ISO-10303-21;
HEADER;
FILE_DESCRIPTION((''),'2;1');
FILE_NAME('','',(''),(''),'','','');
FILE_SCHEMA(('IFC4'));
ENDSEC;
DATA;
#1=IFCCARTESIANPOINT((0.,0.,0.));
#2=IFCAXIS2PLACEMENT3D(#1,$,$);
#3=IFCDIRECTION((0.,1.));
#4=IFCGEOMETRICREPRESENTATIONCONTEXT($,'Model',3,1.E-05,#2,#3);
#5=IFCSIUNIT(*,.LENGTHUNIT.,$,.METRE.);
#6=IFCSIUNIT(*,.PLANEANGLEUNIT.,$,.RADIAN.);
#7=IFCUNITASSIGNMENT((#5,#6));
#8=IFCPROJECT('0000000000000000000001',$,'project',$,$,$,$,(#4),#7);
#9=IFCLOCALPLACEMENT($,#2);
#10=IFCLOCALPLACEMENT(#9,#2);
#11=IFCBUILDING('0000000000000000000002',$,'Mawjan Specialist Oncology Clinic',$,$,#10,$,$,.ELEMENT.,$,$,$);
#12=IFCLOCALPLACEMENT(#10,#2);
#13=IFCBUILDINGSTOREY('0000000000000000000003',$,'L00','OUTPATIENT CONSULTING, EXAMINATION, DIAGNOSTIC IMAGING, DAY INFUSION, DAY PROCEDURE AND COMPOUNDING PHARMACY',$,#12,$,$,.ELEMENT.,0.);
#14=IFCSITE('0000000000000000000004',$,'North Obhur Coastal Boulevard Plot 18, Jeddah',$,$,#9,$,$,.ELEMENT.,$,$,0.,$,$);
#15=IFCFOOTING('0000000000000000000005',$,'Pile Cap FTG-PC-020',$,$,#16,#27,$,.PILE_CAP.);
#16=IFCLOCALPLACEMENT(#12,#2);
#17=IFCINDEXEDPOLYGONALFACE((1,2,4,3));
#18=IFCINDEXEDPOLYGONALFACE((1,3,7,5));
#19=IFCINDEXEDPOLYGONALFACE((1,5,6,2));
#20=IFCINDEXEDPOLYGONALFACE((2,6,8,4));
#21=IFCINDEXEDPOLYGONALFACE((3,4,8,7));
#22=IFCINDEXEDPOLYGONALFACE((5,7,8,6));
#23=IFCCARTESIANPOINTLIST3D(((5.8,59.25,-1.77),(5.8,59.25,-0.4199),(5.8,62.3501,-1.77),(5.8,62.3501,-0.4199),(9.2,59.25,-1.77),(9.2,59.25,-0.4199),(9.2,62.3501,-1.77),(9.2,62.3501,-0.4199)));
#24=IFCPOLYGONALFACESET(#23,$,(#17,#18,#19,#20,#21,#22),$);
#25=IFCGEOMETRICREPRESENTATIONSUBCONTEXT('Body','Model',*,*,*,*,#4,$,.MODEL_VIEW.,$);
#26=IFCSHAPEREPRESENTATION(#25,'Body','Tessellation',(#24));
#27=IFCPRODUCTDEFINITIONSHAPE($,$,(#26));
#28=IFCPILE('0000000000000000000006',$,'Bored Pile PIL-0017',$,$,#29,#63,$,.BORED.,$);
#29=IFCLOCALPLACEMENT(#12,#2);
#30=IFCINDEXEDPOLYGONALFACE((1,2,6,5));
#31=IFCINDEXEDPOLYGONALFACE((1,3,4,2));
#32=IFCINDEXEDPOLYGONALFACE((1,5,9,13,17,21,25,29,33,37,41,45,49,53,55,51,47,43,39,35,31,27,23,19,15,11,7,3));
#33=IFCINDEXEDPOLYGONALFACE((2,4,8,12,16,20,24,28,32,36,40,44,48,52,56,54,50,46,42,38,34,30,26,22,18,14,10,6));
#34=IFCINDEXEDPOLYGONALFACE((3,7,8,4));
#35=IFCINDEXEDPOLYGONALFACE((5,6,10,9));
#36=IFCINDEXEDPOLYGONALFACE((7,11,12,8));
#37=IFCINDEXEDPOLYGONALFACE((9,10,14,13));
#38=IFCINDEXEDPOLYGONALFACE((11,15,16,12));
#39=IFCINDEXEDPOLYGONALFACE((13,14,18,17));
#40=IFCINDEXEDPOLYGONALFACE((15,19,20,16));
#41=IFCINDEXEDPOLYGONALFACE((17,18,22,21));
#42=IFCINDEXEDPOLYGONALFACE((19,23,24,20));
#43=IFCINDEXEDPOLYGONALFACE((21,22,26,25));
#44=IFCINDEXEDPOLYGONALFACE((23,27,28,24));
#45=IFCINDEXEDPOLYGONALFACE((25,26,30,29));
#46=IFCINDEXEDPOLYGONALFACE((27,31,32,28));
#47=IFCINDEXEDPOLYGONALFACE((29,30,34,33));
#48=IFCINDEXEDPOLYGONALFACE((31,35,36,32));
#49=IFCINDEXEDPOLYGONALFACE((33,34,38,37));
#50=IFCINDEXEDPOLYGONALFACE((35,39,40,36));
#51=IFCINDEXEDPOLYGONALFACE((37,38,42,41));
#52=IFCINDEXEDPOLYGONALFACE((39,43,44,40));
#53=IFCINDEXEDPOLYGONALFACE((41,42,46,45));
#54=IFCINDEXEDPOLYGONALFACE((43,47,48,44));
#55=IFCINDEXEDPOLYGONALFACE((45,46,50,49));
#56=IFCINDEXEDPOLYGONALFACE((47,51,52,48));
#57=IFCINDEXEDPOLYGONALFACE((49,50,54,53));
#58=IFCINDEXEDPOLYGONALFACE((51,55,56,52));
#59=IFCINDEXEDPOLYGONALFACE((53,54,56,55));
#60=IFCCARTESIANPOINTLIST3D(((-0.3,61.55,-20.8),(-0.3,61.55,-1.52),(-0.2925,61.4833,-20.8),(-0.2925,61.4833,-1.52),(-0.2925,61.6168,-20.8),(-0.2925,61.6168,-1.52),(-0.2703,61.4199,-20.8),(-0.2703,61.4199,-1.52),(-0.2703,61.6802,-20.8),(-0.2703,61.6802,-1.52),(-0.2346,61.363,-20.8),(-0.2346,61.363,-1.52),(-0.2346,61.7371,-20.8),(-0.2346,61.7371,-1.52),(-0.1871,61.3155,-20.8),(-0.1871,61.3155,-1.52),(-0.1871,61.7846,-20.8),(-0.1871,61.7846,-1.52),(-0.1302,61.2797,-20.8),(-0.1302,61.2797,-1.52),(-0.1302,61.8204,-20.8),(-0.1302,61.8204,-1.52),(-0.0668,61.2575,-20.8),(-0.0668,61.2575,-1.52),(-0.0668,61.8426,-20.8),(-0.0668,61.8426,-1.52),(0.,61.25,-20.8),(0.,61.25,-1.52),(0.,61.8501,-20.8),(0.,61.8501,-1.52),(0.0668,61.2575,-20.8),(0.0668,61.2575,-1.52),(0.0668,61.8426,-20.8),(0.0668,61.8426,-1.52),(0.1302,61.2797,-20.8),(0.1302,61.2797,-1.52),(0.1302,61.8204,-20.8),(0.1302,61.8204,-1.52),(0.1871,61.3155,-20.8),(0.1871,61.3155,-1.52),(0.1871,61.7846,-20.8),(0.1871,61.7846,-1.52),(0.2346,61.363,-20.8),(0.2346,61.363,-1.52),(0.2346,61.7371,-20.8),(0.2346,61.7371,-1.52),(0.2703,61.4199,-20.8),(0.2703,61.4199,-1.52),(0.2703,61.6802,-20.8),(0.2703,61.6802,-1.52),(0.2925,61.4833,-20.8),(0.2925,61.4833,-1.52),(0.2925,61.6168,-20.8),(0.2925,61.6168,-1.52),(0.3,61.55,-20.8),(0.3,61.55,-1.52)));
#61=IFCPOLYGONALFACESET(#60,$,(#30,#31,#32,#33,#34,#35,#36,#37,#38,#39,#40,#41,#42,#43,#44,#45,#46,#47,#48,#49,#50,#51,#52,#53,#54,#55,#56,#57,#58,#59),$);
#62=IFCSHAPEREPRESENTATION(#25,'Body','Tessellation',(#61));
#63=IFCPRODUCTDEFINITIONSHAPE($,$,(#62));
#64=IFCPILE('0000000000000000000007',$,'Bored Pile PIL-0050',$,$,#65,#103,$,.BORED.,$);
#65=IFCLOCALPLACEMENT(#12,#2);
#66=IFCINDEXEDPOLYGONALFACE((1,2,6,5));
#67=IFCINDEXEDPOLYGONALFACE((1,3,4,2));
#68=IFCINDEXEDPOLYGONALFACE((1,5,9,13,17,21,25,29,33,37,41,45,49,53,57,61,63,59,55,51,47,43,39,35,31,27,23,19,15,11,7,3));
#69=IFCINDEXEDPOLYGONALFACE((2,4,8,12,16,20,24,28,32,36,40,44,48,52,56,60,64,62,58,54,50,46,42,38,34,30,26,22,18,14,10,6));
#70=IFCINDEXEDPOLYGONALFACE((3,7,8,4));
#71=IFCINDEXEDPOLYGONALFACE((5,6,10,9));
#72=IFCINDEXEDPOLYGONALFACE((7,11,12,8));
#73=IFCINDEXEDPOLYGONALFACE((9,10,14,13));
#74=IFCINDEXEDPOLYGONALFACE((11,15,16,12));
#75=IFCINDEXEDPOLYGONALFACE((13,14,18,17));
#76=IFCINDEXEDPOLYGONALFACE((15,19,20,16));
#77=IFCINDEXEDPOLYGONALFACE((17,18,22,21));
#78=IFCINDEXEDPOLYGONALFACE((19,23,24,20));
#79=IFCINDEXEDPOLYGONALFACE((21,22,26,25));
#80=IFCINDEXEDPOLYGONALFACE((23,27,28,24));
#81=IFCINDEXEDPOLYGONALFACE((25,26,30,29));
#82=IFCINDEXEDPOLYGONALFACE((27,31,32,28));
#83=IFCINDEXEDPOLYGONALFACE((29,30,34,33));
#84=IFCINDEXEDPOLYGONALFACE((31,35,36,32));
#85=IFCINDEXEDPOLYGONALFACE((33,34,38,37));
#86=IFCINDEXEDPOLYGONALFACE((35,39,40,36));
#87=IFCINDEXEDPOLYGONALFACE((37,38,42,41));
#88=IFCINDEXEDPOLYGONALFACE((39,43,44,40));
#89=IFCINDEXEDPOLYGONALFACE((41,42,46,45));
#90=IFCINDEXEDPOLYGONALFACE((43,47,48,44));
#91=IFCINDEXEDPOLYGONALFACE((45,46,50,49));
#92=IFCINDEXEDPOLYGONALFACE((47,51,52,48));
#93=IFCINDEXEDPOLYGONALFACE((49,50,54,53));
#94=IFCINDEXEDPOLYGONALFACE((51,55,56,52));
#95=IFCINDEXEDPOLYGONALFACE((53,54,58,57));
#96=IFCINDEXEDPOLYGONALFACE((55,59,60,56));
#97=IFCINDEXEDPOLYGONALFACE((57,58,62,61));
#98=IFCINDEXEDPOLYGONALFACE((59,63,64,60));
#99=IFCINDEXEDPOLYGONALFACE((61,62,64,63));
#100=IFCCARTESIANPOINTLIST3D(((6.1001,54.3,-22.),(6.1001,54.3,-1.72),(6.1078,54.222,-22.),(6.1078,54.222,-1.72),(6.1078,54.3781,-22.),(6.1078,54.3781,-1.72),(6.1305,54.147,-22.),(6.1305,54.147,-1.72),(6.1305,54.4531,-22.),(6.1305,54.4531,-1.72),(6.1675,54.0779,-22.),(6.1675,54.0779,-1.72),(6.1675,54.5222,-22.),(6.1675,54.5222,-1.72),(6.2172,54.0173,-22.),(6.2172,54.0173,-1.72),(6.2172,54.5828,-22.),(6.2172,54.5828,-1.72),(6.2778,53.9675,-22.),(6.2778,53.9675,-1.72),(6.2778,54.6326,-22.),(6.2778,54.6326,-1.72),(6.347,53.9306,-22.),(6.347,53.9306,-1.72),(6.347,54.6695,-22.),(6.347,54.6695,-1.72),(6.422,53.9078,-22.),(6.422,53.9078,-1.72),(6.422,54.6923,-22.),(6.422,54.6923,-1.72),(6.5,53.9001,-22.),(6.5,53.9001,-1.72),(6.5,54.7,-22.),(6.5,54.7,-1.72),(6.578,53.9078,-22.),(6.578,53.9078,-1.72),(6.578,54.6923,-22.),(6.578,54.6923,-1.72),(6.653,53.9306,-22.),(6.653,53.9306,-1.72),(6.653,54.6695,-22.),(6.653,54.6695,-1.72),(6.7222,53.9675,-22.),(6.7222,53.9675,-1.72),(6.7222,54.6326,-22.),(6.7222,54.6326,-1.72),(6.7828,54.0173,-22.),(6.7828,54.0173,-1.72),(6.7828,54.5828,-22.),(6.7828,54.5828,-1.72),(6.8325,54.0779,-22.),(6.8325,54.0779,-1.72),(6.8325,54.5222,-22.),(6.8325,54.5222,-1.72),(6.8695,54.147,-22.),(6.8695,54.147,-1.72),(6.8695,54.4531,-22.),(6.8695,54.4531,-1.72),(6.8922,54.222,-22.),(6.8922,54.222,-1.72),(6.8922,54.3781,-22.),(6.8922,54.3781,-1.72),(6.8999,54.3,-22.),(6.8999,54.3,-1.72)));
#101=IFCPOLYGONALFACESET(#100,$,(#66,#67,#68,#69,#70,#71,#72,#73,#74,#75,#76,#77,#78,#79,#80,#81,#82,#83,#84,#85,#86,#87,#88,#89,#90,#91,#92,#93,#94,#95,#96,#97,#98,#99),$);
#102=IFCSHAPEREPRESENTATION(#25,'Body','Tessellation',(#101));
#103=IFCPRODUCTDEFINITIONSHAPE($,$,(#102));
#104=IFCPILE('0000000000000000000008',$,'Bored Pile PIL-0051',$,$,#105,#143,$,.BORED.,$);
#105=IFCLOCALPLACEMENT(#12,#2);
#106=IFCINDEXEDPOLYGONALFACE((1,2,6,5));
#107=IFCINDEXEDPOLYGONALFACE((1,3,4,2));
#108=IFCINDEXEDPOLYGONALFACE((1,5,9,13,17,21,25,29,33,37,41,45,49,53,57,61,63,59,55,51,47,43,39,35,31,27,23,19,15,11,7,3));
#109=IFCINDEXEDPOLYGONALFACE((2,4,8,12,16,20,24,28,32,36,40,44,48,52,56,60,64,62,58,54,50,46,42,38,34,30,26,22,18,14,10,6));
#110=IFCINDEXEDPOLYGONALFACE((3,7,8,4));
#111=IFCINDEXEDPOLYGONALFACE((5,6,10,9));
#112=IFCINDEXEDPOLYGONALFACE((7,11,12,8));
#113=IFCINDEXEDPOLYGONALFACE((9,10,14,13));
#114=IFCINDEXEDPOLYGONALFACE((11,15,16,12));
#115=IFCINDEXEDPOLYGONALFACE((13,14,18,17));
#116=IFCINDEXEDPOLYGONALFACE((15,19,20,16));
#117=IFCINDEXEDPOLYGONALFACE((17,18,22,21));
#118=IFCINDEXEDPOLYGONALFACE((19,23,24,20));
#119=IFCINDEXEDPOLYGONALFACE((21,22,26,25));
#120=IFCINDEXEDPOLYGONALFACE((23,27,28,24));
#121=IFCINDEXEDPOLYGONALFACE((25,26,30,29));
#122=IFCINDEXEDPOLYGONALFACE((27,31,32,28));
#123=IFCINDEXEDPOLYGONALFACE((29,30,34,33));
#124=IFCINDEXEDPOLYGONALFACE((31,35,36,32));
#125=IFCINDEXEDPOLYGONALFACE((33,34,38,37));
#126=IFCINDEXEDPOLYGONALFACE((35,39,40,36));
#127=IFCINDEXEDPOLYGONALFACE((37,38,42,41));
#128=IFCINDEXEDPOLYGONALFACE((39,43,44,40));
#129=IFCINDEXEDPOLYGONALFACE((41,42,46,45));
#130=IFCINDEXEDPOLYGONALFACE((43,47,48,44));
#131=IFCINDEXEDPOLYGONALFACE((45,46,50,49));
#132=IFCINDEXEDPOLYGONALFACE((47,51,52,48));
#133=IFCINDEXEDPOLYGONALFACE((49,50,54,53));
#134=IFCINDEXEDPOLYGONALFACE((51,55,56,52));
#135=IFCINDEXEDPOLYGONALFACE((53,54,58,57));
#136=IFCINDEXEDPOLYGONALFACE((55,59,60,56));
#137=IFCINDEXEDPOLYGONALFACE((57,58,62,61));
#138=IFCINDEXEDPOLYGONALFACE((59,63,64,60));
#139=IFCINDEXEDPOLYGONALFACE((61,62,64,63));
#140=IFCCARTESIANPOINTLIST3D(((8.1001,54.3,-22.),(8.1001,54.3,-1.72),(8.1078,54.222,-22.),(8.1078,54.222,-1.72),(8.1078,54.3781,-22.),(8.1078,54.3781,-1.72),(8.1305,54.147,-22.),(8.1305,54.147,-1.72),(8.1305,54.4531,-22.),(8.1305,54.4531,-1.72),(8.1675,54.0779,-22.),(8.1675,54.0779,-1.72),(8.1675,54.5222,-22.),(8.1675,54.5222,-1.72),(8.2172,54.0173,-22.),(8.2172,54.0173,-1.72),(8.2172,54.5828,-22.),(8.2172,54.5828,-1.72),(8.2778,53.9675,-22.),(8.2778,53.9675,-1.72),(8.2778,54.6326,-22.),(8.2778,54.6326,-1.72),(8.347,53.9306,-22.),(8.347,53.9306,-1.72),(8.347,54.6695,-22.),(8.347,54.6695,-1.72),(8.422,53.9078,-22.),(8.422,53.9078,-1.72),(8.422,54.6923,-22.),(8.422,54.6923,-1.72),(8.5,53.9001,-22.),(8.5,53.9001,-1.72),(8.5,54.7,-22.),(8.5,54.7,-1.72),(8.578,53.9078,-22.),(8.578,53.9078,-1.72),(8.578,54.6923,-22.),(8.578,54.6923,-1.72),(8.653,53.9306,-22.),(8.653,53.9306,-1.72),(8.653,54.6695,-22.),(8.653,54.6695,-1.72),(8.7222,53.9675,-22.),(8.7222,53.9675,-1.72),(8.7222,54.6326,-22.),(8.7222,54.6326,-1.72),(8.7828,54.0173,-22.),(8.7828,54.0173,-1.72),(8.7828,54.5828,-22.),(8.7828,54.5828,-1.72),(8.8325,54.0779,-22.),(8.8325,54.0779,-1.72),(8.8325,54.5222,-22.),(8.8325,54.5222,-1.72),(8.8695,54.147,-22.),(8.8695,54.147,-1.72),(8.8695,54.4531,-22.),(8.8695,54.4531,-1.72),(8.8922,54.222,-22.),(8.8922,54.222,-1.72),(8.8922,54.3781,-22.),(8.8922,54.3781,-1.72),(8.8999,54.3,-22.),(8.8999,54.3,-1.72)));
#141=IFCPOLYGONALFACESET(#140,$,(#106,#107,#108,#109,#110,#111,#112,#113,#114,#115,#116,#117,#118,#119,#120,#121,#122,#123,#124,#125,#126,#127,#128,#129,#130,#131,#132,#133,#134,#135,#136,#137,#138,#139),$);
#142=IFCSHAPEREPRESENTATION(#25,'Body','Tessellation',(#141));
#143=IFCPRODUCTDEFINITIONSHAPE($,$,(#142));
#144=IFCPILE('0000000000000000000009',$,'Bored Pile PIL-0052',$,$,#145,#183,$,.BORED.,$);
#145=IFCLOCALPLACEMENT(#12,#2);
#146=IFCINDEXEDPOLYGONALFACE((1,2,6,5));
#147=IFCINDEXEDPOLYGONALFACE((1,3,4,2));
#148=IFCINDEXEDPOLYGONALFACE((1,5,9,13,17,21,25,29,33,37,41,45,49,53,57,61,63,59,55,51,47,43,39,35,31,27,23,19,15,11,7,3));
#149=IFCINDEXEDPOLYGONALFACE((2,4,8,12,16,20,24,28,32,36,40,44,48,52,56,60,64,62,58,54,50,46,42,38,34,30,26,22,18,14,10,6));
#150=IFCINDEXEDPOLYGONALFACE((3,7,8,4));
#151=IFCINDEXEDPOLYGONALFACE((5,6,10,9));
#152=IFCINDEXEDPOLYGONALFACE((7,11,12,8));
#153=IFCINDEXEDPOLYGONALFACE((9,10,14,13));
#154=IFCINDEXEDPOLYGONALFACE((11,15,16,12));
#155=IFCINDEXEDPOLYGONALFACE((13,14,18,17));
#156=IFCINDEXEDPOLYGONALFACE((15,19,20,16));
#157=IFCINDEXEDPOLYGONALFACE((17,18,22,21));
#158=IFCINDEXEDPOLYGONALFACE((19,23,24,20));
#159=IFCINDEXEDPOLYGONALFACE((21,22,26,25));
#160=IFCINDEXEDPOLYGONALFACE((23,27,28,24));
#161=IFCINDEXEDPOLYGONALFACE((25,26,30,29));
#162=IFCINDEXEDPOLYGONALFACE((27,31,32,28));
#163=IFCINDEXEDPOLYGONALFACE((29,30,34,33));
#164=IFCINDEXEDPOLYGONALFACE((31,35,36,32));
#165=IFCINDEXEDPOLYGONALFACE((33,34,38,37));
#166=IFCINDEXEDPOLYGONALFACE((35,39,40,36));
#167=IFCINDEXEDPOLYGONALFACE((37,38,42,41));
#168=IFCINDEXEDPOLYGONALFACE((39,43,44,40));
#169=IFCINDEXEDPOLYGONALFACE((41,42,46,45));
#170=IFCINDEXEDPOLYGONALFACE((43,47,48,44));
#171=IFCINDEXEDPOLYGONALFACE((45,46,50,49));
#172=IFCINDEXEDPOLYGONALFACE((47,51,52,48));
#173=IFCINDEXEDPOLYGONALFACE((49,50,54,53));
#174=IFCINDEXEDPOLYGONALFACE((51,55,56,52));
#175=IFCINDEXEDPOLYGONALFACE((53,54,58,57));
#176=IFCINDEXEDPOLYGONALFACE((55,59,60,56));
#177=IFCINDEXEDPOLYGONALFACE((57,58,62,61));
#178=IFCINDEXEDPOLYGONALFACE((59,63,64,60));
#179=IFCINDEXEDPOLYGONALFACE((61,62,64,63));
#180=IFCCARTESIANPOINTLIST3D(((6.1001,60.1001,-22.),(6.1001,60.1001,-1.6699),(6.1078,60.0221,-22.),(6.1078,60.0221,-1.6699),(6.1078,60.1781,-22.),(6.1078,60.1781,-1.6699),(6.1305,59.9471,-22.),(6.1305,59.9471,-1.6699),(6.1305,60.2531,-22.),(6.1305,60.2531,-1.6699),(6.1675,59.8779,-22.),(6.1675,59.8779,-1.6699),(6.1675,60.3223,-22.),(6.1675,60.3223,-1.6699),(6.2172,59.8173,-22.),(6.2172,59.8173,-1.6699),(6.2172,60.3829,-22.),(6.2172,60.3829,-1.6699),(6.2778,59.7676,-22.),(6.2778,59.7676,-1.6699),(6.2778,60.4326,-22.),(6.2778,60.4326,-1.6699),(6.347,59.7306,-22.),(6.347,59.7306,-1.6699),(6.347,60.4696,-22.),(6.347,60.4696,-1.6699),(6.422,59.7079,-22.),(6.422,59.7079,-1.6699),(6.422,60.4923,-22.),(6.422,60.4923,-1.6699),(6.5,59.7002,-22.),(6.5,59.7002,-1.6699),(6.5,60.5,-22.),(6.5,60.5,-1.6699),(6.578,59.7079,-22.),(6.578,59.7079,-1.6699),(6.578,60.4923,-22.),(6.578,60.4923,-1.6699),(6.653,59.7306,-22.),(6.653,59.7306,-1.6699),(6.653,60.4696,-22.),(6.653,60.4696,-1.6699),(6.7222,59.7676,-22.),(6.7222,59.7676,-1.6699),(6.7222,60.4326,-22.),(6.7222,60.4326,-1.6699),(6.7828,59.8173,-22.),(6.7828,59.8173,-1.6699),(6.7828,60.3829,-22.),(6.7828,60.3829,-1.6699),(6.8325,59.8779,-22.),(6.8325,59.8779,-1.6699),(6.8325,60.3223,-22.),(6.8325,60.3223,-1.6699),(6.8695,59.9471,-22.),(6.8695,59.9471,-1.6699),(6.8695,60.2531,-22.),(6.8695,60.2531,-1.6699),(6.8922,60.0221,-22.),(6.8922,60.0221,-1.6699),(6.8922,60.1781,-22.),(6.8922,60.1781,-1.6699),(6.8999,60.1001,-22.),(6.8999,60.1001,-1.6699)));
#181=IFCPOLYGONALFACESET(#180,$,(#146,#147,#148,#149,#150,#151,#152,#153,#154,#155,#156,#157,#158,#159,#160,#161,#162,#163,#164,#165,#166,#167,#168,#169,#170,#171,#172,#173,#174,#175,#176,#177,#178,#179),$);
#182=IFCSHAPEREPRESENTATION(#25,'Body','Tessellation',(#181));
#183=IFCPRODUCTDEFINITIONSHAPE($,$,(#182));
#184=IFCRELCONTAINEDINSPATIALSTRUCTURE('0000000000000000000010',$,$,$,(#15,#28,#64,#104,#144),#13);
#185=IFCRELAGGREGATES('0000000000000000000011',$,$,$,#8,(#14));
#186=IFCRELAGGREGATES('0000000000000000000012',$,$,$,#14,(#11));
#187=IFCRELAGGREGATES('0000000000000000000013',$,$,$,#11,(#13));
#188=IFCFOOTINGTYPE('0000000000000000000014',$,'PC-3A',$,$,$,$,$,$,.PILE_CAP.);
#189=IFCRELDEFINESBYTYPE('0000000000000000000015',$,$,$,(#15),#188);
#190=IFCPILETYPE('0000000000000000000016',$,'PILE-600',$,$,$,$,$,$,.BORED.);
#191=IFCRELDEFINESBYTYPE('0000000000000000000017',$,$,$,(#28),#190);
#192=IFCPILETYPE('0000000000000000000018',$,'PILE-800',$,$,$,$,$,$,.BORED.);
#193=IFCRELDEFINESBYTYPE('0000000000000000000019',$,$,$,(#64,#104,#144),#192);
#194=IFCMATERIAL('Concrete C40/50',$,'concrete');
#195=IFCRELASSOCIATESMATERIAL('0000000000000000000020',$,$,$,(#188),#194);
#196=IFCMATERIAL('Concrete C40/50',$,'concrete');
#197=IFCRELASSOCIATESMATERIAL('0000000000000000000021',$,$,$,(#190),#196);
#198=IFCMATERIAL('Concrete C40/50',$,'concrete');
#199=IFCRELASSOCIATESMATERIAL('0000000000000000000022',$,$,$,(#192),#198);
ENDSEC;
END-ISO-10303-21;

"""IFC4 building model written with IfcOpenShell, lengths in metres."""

from ifc_helpers import new_model, si_unit, direction, frame, origin, origin_2d, place, context, subcontext, project, spatial, rectangle, circle, extrude, material, material_profile, profile_set, type_object, element, save


model = new_model("IFC4")

# Units and contexts
model_context = context("Model", 3, precision=1e-05, world=origin(), true_north=direction((0.0, 1.0)))
body_context = subcontext(model_context, "Body", "Model", "MODEL_VIEW")
ifc_project = project(units=[si_unit("LENGTHUNIT", "METRE"), si_unit("PLANEANGLEUNIT", "RADIAN")], contexts=[model_context])

# Site, building, storey
site_placement = place(None, origin())
site = spatial("IfcSite", under=ifc_project, at=site_placement, Name="North Obhur Coastal Boulevard Plot 18, Jeddah", CompositionType="ELEMENT", RefElevation=0.0)
building_placement = place(site_placement, origin())
building = spatial("IfcBuilding", under=site, at=building_placement, Name="Mawjan Specialist Oncology Clinic", CompositionType="ELEMENT")
storey_placement = place(building_placement, origin())
storey = spatial("IfcBuildingStorey", under=building, at=storey_placement, Name="L00", Description="OUTPATIENT CONSULTING, EXAMINATION, DIAGNOSTIC IMAGING, DAY INFUSION, DAY PROCEDURE AND COMPOUNDING PHARMACY", CompositionType="ELEMENT", Elevation=0.0)

# Footing
ifc_material_1 = material(Name="Concrete C40/50", Category="concrete")
footing_type_1 = type_object("IfcFootingType", Name="PC-3A", PredefinedType="PILE_CAP", material=ifc_material_1)
footing_1_placement = place(storey_placement, frame((7.5, 60.8, -1.77), z_axis=(0.0, 0.0, 1.0), x_axis=(1.0, 0.0, 0.0)))
element("IfcFooting", 1, at=footing_1_placement, inside=storey, type_object=footing_type_1, Name="Pile Cap FTG-PC-020", PredefinedType="PILE_CAP", context=body_context, shape_type="SweptSolid", body=[
    extrude(rectangle(XDim=3.3999, YDim=3.1001, at=origin_2d()), origin(), (0.0, 0.0, 1.0), 1.3501),
])

# Piles
ifc_material_2 = material(Name="Concrete C40/50", Category="concrete")
ifc_material_profile_1 = material_profile(ifc_material_2, circle(Radius=0.3, at=origin_2d()), Name="BORED PILE D600", Category="concrete")
ifc_profile_set_1 = profile_set([ifc_material_profile_1], Name="Concrete C40/50")
pile_type_1 = type_object("IfcPileType", Name="PILE-600", PredefinedType="BORED", material=ifc_profile_set_1)
pile_1_placement = place(storey_placement, frame((0.0, 61.55, -1.52), z_axis=(0.0, 0.0, -1.0), x_axis=(1.0, 0.0, 0.0)))
element("IfcPile", 2, at=pile_1_placement, inside=storey, type_object=pile_type_1, Name="Bored Pile PIL-0017", PredefinedType="BORED", context=body_context, shape_type="SweptSolid", body=[
    extrude(circle(Radius=0.3, at=origin_2d()), origin(), (0.0, 0.0, 1.0), 19.28),
])
ifc_material_3 = material(Name="Concrete C40/50", Category="concrete")
ifc_material_profile_2 = material_profile(ifc_material_3, circle(Radius=0.3999, at=origin_2d()), Name="BORED PILE D800", Category="concrete")
ifc_profile_set_2 = profile_set([ifc_material_profile_2], Name="Concrete C40/50")
pile_type_2 = type_object("IfcPileType", Name="PILE-800", PredefinedType="BORED", material=ifc_profile_set_2)
for number, where, z_axis, x_axis, name in (
    (3, (6.5, 54.3, -1.72), (0.0, 0.0, -1.0), (1.0, 0.0, 0.0), "Bored Pile PIL-0050"),
    (4, (8.5, 54.3, -1.72), (0.0, 0.0, -1.0), (1.0, 0.0, 0.0), "Bored Pile PIL-0051"),
):
    element("IfcPile", number, at=place(storey_placement, frame(where, z_axis=z_axis, x_axis=x_axis)), inside=storey, type_object=pile_type_2, Name=name, PredefinedType="BORED", context=body_context, shape_type="SweptSolid", body=[
        extrude(circle(Radius=0.3999, at=origin_2d()), origin(), (0.0, 0.0, 1.0), 20.28),
    ])
for number, where, z_axis, x_axis, name in (
    (5, (6.5, 60.1001, -1.6699), (0.0, 0.0, -1.0), (1.0, 0.0, 0.0), "Bored Pile PIL-0052"),
):
    element("IfcPile", number, at=place(storey_placement, frame(where, z_axis=z_axis, x_axis=x_axis)), inside=storey, type_object=pile_type_2, Name=name, PredefinedType="BORED", context=body_context, shape_type="SweptSolid", body=[
        extrude(circle(Radius=0.3999, at=origin_2d()), origin(), (0.0, 0.0, 1.0), 20.3301),
    ])

save(model, "model.ifc")
